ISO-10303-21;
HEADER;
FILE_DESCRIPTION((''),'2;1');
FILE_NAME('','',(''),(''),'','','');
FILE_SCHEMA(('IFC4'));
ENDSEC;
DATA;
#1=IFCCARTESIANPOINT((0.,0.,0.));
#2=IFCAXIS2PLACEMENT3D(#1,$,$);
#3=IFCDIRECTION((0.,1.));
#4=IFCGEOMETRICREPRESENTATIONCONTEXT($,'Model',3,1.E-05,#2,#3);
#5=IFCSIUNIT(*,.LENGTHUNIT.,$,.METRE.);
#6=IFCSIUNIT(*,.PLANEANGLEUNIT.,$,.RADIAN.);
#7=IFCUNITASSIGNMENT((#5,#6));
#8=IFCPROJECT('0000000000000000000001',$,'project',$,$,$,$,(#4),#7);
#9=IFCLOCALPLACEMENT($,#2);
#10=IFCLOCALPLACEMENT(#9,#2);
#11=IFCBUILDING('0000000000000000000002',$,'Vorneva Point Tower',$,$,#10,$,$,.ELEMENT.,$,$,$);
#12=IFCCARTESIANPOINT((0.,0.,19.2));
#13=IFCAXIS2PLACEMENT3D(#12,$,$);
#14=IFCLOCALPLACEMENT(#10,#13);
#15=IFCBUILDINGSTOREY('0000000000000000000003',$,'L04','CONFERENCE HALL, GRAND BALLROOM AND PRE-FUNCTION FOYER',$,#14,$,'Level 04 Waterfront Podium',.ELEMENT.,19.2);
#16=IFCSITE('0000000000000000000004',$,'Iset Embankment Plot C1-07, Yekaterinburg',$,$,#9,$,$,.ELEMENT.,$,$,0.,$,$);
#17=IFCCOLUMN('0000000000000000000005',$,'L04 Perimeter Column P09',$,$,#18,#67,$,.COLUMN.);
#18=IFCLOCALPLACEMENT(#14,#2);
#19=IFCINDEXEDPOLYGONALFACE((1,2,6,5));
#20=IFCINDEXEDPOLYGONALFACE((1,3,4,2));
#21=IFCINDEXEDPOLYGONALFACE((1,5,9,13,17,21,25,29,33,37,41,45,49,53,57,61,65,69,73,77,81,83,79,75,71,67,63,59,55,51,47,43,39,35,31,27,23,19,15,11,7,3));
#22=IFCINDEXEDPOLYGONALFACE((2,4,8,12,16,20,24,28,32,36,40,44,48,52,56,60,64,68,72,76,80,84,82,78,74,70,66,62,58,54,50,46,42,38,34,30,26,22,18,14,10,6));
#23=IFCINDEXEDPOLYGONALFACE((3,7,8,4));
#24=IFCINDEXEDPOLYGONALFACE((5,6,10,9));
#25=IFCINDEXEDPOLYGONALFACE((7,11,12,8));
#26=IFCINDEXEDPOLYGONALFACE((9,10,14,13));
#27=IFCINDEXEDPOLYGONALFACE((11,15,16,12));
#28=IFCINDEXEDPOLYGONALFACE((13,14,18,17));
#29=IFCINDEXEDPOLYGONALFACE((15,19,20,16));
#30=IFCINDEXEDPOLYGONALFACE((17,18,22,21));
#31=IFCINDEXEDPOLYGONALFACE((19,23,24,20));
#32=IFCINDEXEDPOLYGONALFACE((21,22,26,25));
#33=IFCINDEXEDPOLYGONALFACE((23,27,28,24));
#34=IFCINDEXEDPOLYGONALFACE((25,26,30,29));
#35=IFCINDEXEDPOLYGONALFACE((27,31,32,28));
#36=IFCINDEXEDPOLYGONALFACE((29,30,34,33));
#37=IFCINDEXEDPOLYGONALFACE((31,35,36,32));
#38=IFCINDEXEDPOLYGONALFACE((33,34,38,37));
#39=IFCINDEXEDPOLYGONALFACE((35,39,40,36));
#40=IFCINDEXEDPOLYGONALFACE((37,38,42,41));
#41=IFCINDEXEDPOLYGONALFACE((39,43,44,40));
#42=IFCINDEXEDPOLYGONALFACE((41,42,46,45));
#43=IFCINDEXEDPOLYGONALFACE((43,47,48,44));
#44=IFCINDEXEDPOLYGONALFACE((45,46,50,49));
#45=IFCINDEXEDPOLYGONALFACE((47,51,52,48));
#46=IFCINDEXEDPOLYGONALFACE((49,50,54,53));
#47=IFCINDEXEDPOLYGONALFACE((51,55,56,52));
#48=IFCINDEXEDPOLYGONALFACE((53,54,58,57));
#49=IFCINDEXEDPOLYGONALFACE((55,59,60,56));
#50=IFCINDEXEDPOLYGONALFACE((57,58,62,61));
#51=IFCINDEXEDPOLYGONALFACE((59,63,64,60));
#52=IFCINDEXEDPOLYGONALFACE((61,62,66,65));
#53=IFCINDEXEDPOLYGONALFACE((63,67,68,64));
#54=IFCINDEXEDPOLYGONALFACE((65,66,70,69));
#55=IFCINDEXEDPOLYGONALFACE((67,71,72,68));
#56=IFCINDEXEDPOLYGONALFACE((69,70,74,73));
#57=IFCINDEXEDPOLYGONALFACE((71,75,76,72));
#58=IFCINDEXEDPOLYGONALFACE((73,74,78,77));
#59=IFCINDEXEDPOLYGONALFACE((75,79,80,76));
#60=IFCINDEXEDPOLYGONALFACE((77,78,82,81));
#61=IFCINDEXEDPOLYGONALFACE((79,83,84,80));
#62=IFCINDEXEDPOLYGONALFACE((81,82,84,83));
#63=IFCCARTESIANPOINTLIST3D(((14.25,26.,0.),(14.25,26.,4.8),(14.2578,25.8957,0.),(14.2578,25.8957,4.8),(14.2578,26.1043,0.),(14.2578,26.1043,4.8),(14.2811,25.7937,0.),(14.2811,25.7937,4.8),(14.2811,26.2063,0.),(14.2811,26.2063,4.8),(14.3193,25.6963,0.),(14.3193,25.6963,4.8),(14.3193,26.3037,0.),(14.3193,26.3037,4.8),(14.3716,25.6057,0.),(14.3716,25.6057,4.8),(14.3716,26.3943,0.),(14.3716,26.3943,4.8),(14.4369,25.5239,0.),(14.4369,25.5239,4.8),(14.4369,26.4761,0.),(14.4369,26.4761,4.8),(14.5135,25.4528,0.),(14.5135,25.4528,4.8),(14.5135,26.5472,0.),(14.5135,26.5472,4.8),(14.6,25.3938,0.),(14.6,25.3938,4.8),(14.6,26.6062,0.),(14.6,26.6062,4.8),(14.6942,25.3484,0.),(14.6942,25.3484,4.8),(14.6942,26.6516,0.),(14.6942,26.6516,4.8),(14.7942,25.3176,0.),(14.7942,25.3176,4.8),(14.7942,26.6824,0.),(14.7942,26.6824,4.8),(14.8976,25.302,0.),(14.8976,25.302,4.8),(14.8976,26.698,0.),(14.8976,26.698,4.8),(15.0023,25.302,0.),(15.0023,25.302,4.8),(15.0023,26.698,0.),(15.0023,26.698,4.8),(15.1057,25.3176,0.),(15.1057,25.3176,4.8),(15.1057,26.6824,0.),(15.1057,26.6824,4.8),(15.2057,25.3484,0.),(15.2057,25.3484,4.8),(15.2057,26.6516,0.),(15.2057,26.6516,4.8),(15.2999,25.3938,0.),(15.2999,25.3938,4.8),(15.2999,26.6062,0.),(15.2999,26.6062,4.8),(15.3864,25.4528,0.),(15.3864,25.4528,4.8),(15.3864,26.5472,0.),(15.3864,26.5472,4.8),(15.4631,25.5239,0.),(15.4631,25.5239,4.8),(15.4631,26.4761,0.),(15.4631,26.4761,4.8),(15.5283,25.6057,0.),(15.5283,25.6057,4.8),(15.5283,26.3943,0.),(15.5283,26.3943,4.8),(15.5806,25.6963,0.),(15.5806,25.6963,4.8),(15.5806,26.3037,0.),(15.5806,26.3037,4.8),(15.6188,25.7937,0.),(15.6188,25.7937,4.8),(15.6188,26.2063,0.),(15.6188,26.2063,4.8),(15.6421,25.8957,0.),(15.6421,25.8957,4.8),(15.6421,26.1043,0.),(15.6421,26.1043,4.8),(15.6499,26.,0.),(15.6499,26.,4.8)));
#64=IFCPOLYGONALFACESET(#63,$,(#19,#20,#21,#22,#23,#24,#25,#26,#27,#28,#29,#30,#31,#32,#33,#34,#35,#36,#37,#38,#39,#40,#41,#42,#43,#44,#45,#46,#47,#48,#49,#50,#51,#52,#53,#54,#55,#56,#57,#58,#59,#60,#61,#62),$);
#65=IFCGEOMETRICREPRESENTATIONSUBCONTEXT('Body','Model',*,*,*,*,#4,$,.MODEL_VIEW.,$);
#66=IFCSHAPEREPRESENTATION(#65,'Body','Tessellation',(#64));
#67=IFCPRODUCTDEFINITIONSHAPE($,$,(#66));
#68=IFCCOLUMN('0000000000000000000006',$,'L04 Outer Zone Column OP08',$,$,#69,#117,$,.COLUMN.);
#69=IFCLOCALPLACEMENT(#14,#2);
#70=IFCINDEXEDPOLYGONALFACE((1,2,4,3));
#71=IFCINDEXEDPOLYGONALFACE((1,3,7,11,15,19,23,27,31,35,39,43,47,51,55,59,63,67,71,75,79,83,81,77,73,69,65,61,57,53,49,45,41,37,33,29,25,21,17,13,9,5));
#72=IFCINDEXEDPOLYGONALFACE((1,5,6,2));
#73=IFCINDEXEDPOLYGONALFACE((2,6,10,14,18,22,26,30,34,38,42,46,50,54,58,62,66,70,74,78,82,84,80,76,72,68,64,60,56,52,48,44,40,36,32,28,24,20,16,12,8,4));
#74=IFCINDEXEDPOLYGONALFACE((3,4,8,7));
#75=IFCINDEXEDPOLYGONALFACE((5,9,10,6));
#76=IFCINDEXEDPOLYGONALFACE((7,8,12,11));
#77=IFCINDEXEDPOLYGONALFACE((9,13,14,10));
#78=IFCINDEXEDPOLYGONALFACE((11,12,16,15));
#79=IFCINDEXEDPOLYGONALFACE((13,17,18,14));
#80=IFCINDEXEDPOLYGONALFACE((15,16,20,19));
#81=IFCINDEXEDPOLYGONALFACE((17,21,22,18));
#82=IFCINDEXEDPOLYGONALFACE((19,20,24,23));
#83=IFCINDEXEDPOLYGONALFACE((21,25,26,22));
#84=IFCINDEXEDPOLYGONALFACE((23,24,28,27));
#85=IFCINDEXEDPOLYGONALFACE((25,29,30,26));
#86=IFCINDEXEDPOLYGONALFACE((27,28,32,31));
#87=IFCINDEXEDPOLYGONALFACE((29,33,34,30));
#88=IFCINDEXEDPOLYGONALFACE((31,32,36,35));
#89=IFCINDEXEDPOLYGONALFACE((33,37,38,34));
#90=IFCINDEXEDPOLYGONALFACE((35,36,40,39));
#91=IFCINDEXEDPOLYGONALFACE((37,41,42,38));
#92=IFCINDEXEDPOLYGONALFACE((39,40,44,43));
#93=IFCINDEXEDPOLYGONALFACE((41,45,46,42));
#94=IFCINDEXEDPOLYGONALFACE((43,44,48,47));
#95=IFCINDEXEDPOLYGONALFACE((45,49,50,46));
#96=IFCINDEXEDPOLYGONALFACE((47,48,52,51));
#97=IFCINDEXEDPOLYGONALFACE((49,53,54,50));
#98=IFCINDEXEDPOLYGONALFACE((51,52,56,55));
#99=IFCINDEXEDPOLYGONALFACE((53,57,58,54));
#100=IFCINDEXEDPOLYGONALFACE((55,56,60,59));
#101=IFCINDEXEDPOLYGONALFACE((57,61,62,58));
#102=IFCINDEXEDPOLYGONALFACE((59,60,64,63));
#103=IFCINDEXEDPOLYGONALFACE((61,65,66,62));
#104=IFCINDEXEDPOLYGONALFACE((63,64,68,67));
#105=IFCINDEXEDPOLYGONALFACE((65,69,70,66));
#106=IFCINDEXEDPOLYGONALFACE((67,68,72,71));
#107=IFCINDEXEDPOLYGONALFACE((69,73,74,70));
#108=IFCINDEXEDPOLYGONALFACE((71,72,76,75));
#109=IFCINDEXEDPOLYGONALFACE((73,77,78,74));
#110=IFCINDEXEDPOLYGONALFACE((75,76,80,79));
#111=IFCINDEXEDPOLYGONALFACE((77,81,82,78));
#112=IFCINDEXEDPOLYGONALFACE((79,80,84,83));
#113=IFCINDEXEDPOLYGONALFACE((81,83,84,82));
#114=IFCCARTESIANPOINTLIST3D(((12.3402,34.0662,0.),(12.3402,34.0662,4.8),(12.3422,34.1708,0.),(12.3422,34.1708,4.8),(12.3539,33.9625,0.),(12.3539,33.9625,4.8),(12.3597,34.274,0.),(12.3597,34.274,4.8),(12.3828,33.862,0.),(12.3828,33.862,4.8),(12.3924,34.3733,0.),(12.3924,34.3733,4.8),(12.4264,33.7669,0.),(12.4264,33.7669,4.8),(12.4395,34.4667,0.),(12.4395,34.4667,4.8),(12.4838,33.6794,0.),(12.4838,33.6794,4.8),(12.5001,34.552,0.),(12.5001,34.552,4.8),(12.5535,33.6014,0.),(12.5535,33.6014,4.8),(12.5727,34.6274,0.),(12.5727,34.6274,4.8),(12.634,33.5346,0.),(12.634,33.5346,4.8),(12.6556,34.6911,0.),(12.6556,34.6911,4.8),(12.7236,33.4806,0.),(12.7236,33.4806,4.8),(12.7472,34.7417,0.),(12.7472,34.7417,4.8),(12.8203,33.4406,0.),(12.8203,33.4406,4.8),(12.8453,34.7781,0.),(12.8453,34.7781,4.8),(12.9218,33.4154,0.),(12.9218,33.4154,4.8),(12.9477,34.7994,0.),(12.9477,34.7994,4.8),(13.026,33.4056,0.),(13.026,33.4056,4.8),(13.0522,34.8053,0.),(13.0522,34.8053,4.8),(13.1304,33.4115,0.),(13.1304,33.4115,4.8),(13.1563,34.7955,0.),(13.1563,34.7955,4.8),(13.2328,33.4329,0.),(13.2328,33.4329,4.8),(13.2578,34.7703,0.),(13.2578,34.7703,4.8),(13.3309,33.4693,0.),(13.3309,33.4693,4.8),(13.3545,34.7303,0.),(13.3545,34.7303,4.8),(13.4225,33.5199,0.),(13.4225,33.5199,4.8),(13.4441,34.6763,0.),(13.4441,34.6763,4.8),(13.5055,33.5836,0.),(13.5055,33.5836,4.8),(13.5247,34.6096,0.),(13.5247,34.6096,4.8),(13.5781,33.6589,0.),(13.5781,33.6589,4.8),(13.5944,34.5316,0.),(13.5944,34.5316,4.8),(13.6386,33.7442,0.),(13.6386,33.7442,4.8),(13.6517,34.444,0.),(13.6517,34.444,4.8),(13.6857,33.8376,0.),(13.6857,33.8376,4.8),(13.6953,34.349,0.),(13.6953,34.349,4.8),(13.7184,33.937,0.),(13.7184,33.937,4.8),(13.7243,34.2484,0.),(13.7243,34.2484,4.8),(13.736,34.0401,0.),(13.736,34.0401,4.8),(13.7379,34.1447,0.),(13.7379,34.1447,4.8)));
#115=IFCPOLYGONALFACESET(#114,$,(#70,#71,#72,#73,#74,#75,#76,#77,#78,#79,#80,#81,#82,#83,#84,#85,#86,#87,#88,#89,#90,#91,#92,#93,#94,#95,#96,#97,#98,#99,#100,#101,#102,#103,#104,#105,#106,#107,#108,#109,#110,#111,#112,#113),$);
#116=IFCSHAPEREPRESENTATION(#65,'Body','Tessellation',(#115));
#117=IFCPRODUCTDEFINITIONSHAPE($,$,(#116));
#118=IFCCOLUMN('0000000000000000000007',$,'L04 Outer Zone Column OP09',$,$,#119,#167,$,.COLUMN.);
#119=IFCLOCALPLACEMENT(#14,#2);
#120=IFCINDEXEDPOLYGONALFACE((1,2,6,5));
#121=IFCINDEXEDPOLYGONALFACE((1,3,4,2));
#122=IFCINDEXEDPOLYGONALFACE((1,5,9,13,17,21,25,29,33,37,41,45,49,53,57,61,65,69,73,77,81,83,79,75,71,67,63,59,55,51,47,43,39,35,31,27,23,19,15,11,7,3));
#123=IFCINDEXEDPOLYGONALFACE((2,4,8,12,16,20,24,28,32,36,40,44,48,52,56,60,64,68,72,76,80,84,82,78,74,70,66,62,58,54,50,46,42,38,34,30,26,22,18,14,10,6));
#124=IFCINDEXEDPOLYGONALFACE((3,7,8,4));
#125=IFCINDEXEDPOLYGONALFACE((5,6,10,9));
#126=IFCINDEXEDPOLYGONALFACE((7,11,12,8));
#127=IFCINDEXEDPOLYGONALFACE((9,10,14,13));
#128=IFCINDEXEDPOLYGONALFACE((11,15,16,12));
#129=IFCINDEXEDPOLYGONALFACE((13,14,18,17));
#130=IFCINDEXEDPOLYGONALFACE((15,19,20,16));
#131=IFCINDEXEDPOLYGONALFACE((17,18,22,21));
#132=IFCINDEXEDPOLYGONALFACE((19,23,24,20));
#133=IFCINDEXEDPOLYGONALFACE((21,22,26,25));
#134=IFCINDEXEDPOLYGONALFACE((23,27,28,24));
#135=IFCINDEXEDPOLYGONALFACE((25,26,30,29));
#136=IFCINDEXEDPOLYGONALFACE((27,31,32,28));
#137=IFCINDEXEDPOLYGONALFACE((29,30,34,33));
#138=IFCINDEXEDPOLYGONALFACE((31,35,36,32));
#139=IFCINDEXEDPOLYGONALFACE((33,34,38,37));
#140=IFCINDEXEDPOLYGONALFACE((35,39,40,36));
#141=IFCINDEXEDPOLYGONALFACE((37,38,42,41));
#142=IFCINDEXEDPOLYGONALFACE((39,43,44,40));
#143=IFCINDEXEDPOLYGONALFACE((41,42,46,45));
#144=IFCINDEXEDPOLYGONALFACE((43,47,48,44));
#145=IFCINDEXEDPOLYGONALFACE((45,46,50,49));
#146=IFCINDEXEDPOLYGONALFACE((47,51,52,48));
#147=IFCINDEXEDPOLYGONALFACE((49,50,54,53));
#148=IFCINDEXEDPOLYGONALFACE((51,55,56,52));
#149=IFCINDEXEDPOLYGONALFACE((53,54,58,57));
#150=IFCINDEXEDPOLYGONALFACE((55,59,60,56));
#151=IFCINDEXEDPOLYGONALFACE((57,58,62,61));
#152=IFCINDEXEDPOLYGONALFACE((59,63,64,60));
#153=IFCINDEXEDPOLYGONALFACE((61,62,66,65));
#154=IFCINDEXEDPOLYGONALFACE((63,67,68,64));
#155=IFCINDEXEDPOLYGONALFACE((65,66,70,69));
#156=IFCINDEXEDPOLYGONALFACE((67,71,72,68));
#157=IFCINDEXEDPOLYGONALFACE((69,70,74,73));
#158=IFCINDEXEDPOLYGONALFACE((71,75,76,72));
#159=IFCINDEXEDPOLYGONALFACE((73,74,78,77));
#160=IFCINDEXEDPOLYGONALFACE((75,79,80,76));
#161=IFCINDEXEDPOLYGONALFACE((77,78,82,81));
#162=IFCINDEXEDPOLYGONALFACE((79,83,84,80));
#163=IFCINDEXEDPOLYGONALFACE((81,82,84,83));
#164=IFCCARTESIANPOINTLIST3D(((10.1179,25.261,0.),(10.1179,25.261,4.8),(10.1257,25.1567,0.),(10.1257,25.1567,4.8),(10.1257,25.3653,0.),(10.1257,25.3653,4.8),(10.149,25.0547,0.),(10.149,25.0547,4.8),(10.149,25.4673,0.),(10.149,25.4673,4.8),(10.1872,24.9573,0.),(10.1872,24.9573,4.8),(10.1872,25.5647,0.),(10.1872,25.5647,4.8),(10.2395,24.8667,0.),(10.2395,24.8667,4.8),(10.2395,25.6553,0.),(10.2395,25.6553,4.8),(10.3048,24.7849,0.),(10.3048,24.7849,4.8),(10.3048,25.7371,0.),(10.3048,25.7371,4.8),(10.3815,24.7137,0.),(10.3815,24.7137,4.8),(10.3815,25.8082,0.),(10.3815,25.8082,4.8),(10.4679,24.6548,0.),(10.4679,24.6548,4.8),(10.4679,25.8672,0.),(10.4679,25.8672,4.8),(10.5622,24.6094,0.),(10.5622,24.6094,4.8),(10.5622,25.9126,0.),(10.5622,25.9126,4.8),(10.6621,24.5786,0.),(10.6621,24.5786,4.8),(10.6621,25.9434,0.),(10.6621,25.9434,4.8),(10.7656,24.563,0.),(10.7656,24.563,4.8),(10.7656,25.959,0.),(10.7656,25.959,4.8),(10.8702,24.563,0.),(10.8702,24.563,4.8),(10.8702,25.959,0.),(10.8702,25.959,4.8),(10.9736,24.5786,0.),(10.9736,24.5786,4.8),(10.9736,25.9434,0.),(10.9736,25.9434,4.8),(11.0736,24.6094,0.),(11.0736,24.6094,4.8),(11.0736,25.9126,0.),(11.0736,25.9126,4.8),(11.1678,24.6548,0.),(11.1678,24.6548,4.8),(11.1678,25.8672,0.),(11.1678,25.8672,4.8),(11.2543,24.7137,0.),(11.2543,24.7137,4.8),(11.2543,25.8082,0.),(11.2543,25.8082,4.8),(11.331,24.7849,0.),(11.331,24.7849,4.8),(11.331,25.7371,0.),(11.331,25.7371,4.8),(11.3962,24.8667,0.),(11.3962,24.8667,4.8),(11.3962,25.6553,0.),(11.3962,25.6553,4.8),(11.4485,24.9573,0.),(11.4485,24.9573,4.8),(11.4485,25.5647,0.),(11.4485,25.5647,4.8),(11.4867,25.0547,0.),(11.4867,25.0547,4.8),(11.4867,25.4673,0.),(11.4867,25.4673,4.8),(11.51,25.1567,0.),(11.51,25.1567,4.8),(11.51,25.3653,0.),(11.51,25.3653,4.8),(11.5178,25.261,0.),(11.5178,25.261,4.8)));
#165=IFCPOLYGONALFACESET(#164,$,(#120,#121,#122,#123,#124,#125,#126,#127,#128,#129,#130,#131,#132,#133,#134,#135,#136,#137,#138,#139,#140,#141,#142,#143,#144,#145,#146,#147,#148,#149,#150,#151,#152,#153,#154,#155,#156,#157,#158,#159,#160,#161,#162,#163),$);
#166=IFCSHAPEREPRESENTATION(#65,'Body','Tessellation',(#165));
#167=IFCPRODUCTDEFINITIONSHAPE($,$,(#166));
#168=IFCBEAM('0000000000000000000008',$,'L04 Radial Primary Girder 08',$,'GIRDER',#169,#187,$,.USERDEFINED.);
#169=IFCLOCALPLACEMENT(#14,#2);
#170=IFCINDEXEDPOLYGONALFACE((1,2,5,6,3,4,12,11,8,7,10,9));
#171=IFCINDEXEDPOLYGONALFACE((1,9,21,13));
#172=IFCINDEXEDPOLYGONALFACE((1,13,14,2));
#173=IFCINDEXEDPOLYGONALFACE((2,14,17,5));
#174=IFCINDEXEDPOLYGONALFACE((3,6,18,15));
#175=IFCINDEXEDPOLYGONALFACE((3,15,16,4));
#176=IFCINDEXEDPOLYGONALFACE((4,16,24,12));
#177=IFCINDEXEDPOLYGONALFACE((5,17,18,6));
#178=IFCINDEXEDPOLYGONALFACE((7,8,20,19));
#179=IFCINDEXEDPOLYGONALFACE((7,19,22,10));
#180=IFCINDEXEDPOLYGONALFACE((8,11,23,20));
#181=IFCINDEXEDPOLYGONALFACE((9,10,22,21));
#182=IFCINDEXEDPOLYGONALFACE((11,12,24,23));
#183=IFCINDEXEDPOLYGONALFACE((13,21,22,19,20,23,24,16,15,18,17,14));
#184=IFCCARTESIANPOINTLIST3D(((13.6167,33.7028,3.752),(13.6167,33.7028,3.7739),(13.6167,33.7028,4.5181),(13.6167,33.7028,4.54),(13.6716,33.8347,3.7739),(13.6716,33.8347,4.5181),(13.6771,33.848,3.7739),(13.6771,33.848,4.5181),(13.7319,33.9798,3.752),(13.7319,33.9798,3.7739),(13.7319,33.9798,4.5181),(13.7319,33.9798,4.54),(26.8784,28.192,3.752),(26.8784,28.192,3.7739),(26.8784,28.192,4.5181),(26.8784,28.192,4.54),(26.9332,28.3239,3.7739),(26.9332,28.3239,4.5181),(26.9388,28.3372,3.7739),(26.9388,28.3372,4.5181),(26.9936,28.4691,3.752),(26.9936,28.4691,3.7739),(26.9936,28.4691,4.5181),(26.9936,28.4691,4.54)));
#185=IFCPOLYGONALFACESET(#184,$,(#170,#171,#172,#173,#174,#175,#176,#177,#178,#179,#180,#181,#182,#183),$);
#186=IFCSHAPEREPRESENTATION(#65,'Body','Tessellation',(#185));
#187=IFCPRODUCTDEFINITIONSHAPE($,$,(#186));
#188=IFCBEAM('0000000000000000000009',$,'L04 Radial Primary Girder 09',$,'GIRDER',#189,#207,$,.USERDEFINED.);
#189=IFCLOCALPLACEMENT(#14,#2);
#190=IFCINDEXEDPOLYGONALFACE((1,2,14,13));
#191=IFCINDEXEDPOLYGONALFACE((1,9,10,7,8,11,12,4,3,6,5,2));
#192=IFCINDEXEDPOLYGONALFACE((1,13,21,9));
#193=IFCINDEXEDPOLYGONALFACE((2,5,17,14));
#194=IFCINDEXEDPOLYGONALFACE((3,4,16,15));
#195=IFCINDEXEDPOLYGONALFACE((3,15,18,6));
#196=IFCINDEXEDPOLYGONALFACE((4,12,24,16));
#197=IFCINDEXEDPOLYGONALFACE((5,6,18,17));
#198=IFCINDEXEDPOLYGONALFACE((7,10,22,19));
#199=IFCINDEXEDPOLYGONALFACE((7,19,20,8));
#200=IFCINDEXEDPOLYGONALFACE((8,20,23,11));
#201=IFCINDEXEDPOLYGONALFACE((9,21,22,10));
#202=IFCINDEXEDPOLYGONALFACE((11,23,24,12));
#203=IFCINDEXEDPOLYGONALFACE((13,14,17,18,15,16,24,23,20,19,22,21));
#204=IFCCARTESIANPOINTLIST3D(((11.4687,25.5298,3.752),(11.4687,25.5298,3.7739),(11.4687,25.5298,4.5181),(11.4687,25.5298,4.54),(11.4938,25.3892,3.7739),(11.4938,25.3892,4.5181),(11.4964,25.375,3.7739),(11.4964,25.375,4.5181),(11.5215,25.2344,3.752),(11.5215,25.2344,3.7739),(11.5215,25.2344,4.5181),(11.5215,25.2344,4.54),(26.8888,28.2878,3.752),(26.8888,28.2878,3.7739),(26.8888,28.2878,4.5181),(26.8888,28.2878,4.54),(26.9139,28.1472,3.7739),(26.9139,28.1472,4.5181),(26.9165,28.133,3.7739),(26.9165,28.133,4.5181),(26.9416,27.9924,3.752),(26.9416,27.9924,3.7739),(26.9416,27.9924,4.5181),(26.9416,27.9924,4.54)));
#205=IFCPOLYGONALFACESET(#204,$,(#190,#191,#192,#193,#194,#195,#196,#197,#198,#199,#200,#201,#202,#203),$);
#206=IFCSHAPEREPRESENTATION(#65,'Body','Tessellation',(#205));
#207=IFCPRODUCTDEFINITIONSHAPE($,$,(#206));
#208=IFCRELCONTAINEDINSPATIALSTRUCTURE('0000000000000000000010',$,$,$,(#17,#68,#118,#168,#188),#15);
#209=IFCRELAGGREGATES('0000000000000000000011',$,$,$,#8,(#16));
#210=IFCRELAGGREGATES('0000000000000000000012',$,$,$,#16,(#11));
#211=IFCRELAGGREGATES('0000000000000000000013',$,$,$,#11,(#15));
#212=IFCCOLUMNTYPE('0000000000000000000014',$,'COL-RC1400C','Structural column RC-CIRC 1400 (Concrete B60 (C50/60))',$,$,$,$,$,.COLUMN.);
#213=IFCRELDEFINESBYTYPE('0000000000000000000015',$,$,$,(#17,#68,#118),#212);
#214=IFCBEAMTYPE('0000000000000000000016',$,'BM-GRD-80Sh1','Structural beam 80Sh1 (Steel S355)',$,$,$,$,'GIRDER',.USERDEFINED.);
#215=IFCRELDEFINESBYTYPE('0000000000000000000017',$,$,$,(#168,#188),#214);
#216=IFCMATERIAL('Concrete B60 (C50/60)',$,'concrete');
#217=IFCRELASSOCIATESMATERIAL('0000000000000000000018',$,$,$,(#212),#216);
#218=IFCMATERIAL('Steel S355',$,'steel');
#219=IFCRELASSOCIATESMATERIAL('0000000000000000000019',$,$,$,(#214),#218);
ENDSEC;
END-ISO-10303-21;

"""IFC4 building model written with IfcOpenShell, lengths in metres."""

from ifc_helpers import new_model, si_unit, direction, frame, origin, origin_2d, place, context, subcontext, project, spatial, circle, i_section, extrude, material, material_profile, profile_set, type_object, element, save


model = new_model("IFC4")

# Units and contexts
model_context = context("Model", 3, precision=1e-05, world=origin(), true_north=direction((0.0, 1.0)))
body_context = subcontext(model_context, "Body", "Model", "MODEL_VIEW")
ifc_project = project(units=[si_unit("LENGTHUNIT", "METRE"), si_unit("PLANEANGLEUNIT", "RADIAN")], contexts=[model_context])

# Site, building, storey
site_placement = place(None, origin())
site = spatial("IfcSite", under=ifc_project, at=site_placement, Name="Iset Embankment Plot C1-07, Yekaterinburg", CompositionType="ELEMENT", RefElevation=0.0)
building_placement = place(site_placement, origin())
building = spatial("IfcBuilding", under=site, at=building_placement, Name="Vorneva Point Tower", CompositionType="ELEMENT")
storey_placement = place(building_placement, frame((0.0, 0.0, 19.2)))
storey = spatial("IfcBuildingStorey", under=building, at=storey_placement, Name="L04", Description="CONFERENCE HALL, GRAND BALLROOM AND PRE-FUNCTION FOYER", LongName="Level 04 Waterfront Podium", CompositionType="ELEMENT", Elevation=19.2)

# Columns
ifc_material_1 = material(Name="Concrete B60 (C50/60)", Category="concrete")
ifc_material_profile_1 = material_profile(ifc_material_1, circle(Radius=0.7, at=origin_2d()), Name="RC-CIRC 1400")
ifc_profile_set_1 = profile_set([ifc_material_profile_1], Name="Concrete B60 (C50/60)")
column_type = type_object("IfcColumnType", Name="COL-RC1400C", Description="Structural column RC-CIRC 1400 (Concrete B60 (C50/60))", PredefinedType="COLUMN", material=ifc_profile_set_1)
for number, where, z_axis, x_axis, name in (
    (1, (14.95, 26.0, 0.0), (0.0, 0.0, 1.0), (-1.0, 0.0, 0.0), "L04 Perimeter Column P09"),
    (2, (13.0391, 34.1055, 0.0), (0.0, 0.0, 1.0), (-0.92388, 0.382683, 0.0), "L04 Outer Zone Column OP08"),
    (3, (10.8179, 25.261, 0.0), (0.0, 0.0, 1.0), (-1.0, 0.0, 0.0), "L04 Outer Zone Column OP09"),
):
    element("IfcColumn", number, at=place(storey_placement, frame(where, z_axis=z_axis, x_axis=x_axis)), inside=storey, type_object=column_type, Name=name, PredefinedType="COLUMN", context=body_context, shape_type="SweptSolid", body=[
        extrude(circle(Radius=0.7, at=origin_2d()), origin(), (0.0, 0.0, 1.0), 4.8),
    ])

# Beams
ifc_material_2 = material(Name="Steel S355", Category="steel")
ifc_material_profile_2 = material_profile(ifc_material_2, i_section(OverallWidth=0.3, OverallDepth=0.7881, WebThickness=0.0144, FlangeThickness=0.022, at=origin_2d()), Name="80Sh1")
ifc_profile_set_2 = profile_set([ifc_material_profile_2], Name="Steel S355")
beam_type_1 = type_object("IfcBeamType", Name="BM-GRD-80Sh1", Description="Structural beam 80Sh1 (Steel S355)", ElementType="GIRDER", PredefinedType="USERDEFINED", material=ifc_profile_set_2)
beam_1_placement = place(storey_placement, frame((13.6743, 33.8413, 4.146), z_axis=(0.923447, -0.383727, 0.0), x_axis=(0.383727, 0.923447, 0.0)))
element("IfcBeam", 4, at=beam_1_placement, inside=storey, type_object=beam_type_1, Name="L04 Radial Primary Girder 08", ObjectType="GIRDER", PredefinedType="USERDEFINED", context=body_context, shape_type="SweptSolid", body=[
    extrude(i_section(OverallWidth=0.3, OverallDepth=0.7881, WebThickness=0.0144, FlangeThickness=0.022, at=origin_2d()), origin(), (0.0, 0.0, 1.0), 14.3611),
])
beam_2_placement = place(storey_placement, frame((11.4951, 25.3821, 4.146), z_axis=(0.984378, 0.176066, 0.0), x_axis=(-0.176066, 0.984378, 0.0)))
element("IfcBeam", 5, at=beam_2_placement, inside=storey, type_object=beam_type_1, Name="L04 Radial Primary Girder 09", ObjectType="GIRDER", PredefinedType="USERDEFINED", context=body_context, shape_type="SweptSolid", body=[
    extrude(i_section(OverallWidth=0.3, OverallDepth=0.7881, WebThickness=0.0144, FlangeThickness=0.022, at=origin_2d()), origin(), (0.0, 0.0, 1.0), 15.6648),
])

save(model, "model.ifc")
